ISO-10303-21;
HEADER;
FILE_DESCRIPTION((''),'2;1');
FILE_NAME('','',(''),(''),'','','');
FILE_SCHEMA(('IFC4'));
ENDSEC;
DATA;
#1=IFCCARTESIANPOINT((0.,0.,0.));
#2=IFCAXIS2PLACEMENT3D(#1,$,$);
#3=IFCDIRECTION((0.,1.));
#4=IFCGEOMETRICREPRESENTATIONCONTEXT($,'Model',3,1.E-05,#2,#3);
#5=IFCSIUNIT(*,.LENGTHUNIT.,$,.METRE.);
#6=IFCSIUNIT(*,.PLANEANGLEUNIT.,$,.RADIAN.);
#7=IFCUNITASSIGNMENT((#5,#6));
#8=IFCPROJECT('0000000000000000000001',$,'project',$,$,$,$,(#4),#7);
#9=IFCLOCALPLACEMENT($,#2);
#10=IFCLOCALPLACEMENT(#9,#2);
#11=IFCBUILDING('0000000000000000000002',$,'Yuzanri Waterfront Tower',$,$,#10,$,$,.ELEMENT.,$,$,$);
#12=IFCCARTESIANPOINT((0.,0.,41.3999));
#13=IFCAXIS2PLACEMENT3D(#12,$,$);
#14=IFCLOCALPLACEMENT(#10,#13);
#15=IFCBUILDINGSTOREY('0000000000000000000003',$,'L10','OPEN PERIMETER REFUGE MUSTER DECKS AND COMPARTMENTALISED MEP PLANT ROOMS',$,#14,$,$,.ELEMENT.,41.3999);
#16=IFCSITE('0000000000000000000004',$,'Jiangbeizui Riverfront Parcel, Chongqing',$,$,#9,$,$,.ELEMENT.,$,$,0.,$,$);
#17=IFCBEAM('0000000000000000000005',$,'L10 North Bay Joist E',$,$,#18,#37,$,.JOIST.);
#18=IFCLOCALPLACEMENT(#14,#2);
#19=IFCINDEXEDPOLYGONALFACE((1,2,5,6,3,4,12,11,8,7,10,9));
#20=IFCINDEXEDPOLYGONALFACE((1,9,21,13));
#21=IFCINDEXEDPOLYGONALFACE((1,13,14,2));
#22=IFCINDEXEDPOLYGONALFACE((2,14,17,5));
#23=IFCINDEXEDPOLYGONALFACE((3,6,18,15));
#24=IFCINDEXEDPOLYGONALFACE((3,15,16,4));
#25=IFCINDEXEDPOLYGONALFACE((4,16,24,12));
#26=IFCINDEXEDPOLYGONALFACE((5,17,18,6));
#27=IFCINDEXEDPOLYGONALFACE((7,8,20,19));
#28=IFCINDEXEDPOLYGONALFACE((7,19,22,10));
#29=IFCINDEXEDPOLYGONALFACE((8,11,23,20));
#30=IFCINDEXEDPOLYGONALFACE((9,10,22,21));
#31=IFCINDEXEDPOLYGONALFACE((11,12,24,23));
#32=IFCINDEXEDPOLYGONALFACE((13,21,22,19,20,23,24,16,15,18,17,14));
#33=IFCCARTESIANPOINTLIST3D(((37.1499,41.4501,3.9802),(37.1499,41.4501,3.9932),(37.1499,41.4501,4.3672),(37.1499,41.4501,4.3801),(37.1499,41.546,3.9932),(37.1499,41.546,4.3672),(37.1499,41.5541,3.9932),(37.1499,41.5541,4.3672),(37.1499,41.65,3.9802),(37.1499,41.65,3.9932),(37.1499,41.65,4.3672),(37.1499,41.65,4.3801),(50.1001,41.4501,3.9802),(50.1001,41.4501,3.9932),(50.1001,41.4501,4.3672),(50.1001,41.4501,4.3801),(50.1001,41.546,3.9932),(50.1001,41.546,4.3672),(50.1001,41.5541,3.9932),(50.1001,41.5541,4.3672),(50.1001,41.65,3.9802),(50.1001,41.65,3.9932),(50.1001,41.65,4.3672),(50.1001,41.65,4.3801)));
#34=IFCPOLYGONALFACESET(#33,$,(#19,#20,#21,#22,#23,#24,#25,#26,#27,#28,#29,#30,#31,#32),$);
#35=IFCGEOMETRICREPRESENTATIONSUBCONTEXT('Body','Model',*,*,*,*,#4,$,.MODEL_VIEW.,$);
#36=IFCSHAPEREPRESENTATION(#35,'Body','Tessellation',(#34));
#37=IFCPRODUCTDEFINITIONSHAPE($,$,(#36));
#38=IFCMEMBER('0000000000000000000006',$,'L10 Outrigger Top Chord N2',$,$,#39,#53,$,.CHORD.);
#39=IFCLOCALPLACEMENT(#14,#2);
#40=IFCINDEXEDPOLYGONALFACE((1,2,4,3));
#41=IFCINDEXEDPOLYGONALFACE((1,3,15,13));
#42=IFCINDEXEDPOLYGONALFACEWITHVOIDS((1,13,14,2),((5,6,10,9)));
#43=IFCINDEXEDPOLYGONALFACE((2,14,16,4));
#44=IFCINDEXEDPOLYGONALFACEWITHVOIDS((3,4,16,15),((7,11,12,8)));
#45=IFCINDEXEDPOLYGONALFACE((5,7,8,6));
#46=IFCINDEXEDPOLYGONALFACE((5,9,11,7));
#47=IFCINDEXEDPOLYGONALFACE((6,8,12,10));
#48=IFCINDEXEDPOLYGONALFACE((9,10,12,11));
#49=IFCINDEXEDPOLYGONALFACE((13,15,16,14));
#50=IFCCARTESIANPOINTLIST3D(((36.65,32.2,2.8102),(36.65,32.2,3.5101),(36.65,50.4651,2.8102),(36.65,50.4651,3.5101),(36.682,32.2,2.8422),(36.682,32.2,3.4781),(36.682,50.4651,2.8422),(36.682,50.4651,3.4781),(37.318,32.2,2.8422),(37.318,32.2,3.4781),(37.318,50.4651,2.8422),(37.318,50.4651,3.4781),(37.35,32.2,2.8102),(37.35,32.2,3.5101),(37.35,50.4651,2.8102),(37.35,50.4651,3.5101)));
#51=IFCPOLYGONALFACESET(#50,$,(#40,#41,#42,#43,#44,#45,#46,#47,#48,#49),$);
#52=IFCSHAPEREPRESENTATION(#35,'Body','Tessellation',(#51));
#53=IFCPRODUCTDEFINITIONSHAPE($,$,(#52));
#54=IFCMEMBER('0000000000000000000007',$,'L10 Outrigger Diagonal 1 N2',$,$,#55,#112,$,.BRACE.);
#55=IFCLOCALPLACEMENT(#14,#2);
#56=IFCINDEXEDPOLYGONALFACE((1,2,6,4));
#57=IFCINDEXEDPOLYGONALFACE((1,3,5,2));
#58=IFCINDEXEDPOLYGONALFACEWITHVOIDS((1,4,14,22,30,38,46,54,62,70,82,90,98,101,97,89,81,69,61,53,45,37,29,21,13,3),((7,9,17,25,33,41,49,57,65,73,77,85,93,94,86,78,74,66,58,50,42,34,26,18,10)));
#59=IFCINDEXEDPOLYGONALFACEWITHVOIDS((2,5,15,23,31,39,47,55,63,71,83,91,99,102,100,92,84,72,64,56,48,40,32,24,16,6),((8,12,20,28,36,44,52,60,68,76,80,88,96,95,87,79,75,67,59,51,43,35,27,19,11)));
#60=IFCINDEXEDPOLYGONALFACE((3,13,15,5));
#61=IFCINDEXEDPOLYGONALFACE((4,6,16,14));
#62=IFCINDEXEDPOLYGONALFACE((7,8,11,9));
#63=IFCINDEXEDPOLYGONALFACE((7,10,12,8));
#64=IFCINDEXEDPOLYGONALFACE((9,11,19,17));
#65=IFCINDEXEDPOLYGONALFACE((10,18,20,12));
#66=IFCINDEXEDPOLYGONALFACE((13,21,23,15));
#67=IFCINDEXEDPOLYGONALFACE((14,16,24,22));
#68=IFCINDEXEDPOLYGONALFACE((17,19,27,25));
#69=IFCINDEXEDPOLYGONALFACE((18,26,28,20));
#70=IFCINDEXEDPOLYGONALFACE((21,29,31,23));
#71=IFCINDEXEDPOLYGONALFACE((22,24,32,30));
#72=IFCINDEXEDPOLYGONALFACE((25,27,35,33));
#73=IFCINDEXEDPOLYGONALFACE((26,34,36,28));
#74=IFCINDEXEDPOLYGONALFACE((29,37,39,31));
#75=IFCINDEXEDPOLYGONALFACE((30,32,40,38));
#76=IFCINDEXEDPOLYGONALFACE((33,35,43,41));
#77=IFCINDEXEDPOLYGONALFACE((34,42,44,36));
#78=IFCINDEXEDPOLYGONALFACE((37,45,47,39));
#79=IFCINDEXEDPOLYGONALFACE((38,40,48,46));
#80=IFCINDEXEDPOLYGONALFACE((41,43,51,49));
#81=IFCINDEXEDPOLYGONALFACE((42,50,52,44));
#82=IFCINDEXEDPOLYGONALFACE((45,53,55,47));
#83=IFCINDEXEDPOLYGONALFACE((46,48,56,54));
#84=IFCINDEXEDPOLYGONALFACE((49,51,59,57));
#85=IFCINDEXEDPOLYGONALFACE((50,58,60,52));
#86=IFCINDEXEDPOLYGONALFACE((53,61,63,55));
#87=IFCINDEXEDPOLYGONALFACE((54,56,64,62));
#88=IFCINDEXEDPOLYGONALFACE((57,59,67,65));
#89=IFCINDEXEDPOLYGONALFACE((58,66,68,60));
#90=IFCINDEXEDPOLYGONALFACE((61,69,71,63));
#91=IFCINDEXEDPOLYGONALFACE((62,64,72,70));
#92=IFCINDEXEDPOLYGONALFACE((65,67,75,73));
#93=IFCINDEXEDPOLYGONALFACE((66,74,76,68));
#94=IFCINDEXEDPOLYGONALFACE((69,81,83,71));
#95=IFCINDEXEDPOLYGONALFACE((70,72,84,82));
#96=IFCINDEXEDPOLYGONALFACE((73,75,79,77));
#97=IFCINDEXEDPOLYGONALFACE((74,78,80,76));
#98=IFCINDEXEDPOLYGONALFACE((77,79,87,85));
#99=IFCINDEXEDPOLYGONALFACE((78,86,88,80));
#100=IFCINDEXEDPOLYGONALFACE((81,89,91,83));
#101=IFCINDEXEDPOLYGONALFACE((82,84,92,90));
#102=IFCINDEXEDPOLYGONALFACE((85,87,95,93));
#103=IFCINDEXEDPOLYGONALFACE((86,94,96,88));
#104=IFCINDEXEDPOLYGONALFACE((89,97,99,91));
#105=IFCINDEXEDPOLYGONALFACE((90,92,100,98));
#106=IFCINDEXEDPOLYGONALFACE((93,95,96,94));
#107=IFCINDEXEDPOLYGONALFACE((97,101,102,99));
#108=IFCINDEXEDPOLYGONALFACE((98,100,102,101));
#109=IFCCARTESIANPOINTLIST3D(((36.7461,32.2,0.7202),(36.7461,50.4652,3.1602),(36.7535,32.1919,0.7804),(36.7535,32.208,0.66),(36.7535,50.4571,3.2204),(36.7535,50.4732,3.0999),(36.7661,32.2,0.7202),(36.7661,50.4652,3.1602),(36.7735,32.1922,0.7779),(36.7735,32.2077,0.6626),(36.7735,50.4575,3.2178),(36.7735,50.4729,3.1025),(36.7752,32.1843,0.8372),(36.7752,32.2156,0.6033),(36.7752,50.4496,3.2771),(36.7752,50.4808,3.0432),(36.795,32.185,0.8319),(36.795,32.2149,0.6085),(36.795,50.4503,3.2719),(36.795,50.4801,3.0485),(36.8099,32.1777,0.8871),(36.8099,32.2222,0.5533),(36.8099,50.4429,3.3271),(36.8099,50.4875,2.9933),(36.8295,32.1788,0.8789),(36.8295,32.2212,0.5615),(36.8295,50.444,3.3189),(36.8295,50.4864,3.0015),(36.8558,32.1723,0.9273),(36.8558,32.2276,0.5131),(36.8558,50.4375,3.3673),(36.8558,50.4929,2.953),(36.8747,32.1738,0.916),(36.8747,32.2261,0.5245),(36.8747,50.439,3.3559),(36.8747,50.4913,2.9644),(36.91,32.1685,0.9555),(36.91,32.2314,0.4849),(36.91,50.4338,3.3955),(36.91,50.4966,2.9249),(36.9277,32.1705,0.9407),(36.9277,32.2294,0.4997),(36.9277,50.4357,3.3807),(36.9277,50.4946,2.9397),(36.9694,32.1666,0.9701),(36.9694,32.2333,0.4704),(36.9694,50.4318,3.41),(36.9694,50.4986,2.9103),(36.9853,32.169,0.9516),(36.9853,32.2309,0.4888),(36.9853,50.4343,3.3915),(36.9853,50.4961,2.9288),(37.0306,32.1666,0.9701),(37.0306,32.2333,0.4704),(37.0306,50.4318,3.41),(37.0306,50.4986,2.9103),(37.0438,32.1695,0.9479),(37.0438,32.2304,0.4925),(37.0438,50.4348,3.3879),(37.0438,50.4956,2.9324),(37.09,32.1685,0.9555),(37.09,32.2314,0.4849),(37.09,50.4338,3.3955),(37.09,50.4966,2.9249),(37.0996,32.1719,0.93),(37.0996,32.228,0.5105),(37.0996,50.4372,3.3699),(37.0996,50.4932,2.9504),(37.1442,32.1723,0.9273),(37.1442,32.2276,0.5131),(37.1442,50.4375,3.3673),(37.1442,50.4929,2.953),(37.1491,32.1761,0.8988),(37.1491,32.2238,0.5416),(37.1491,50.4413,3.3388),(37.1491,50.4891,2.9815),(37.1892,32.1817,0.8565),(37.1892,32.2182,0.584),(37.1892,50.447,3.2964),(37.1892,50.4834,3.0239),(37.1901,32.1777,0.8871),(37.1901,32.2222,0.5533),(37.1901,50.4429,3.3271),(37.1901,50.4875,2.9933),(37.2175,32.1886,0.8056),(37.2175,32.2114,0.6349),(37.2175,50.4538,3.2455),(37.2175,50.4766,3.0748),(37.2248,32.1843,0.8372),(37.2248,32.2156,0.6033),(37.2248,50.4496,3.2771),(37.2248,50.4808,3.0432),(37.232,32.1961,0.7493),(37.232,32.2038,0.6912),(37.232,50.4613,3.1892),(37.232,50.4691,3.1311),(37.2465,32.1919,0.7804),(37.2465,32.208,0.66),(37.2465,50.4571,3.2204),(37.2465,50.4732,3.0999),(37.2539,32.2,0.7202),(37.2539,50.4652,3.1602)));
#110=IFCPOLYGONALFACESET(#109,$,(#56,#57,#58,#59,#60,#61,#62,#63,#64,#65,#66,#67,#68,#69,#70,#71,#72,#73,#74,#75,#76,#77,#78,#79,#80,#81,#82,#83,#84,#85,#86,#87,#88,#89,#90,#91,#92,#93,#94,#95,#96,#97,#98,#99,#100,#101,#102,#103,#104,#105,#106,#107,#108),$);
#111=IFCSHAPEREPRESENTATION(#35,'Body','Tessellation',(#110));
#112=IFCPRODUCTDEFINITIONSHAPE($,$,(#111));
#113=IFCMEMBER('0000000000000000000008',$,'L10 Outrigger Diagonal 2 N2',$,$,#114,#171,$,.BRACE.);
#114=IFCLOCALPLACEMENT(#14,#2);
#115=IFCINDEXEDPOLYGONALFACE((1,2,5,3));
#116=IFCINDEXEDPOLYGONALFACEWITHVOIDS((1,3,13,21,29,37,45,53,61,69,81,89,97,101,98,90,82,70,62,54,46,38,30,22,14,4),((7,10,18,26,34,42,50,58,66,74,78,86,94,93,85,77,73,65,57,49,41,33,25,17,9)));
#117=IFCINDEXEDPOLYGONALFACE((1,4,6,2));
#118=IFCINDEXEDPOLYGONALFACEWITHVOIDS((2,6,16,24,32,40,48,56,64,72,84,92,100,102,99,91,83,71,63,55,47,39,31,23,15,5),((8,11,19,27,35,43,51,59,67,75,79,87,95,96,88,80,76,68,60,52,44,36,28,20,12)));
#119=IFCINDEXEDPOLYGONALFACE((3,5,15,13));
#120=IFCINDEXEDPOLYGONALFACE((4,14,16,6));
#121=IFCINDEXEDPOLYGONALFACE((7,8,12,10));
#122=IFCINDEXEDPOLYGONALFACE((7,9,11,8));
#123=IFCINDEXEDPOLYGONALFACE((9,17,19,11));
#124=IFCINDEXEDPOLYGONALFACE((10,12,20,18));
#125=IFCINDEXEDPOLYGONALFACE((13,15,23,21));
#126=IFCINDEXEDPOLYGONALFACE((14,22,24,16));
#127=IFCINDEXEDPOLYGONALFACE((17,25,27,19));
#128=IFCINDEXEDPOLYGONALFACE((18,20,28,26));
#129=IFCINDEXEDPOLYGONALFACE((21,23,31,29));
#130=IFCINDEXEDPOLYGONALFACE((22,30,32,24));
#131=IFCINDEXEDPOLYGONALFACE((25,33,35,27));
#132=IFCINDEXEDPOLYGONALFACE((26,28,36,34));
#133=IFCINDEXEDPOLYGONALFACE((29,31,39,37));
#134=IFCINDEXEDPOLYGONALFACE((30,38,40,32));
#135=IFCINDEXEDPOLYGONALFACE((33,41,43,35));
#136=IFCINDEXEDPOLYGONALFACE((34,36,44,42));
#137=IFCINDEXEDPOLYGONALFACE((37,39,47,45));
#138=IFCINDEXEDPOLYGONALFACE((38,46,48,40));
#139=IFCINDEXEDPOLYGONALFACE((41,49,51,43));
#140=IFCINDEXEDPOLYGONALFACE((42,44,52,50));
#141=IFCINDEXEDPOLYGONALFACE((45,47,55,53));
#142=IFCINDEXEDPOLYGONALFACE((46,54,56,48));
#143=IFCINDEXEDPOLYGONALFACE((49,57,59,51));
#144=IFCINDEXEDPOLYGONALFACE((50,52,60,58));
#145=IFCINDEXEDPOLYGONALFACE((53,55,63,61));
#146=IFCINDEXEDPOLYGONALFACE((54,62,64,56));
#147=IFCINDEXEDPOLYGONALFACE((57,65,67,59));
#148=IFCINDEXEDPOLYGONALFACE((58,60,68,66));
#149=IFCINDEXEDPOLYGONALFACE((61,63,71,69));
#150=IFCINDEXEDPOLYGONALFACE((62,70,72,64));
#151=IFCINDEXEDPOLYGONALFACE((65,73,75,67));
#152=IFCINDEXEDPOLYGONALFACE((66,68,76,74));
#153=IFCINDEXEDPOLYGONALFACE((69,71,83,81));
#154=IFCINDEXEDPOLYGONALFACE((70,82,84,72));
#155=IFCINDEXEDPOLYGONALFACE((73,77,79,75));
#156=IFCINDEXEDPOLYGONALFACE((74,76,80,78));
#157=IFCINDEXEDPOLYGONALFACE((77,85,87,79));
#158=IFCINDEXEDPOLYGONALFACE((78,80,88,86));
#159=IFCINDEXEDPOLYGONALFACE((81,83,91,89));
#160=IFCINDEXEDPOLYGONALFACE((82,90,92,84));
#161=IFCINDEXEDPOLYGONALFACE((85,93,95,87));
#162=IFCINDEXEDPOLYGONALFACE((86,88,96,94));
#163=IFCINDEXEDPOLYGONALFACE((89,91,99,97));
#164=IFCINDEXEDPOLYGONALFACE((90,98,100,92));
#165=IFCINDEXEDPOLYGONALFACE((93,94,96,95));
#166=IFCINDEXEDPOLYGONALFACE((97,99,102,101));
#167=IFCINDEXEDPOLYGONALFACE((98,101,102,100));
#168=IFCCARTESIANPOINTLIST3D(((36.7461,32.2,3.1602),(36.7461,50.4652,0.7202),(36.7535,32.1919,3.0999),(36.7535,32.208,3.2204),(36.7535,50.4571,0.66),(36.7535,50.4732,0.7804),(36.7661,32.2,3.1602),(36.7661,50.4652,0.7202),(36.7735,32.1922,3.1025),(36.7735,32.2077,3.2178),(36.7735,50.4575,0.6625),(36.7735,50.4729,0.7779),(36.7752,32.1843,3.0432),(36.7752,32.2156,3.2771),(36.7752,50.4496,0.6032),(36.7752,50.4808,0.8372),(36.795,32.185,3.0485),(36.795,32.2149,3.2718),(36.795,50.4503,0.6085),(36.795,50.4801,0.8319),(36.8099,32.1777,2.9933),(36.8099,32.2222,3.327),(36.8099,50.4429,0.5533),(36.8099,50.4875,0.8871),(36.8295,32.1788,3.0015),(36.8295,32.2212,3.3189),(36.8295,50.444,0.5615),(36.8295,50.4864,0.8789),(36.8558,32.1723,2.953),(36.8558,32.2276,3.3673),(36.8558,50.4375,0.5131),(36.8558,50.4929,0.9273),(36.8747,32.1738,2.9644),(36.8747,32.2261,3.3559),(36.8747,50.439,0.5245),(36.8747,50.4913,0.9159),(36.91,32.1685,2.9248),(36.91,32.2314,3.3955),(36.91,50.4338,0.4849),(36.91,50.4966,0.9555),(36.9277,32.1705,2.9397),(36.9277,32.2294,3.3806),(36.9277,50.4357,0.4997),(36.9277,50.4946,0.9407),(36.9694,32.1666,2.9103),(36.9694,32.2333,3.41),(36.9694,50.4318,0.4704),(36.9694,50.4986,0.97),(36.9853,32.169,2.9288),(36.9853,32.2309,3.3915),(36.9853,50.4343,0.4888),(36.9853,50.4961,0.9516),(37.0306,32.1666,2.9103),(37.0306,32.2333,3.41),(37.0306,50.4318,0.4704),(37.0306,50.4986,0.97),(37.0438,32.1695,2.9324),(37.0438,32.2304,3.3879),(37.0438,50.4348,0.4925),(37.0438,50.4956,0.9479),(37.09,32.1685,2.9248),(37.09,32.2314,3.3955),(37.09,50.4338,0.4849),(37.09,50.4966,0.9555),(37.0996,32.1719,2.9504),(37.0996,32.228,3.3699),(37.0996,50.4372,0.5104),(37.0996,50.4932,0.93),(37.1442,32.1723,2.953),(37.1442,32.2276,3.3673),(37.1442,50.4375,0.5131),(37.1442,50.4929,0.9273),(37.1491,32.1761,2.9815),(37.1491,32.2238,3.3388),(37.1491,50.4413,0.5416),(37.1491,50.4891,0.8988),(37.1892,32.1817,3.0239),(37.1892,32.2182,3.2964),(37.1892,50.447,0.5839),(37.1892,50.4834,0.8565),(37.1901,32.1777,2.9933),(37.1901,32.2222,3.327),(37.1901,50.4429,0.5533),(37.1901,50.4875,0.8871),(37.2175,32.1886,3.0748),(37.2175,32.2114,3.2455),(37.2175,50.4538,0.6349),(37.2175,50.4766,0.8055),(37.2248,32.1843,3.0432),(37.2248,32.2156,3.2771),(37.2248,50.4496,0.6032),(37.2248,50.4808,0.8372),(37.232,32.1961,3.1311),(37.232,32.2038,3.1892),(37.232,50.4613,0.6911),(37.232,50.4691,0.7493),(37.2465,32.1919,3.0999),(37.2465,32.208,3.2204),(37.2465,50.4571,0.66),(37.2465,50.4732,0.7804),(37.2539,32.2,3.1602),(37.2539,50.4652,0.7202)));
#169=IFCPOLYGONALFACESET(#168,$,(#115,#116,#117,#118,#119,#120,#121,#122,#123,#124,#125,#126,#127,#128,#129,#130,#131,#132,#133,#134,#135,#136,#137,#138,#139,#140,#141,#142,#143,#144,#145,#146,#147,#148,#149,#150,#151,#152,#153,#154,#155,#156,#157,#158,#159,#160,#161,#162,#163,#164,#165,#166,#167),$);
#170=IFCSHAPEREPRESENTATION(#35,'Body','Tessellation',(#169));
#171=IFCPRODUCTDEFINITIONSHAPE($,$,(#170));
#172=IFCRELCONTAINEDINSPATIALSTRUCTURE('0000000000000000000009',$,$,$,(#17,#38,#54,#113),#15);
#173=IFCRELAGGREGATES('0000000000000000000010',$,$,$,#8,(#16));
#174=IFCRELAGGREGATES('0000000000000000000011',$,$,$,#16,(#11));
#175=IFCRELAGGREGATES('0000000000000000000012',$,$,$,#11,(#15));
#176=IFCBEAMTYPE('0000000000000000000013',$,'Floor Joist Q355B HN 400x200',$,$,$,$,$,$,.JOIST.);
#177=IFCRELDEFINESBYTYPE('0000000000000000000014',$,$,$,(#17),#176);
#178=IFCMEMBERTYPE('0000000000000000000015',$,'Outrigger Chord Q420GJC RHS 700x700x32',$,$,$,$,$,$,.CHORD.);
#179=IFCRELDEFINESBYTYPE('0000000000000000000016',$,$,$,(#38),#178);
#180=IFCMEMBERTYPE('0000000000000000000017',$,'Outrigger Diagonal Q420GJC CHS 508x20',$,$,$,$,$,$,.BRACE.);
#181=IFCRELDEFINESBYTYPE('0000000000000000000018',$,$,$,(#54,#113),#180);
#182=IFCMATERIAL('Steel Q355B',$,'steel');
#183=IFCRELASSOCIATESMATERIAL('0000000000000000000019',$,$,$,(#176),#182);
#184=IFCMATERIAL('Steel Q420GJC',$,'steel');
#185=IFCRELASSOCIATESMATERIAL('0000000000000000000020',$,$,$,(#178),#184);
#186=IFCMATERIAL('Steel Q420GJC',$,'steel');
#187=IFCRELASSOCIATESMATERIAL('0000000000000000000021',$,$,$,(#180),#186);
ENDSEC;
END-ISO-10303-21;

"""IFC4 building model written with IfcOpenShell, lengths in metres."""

from ifc_helpers import new_model, si_unit, direction, frame, origin, origin_2d, place, context, subcontext, project, spatial, hollow_rectangle, hollow_circle, i_section, extrude, source, transform, mapped, material, material_profile, profile_set, type_object, element, save


model = new_model("IFC4")

# Units and contexts
model_context = context("Model", 3, precision=1e-05, world=origin(), true_north=direction((0.0, 1.0)))
body_context = subcontext(model_context, "Body", "Model", "MODEL_VIEW")
ifc_project = project(units=[si_unit("LENGTHUNIT", "METRE"), si_unit("PLANEANGLEUNIT", "RADIAN")], contexts=[model_context])

# Site, building, storey
site_placement = place(None, origin())
site = spatial("IfcSite", under=ifc_project, at=site_placement, Name="Jiangbeizui Riverfront Parcel, Chongqing", CompositionType="ELEMENT", RefElevation=0.0)
building_placement = place(site_placement, origin())
building = spatial("IfcBuilding", under=site, at=building_placement, Name="Yuzanri Waterfront Tower", CompositionType="ELEMENT")
storey_placement = place(building_placement, frame((0.0, 0.0, 41.3999)))
storey = spatial("IfcBuildingStorey", under=building, at=storey_placement, Name="L10", Description="OPEN PERIMETER REFUGE MUSTER DECKS AND COMPARTMENTALISED MEP PLANT ROOMS", CompositionType="ELEMENT", Elevation=41.3999)

# Beam
ifc_material_1 = material(Name="Steel Q355B", Category="steel")
ifc_material_profile_1 = material_profile(ifc_material_1, i_section(OverallWidth=0.2, OverallDepth=0.3999, WebThickness=0.0081, FlangeThickness=0.0129, at=origin_2d()), Name="HN 400x200x8x13")
ifc_profile_set_1 = profile_set([ifc_material_profile_1], Name="Steel Q355B")
beam_type = type_object("IfcBeamType", Name="Floor Joist Q355B HN 400x200", PredefinedType="JOIST", material=ifc_profile_set_1)
shared_shape_1 = source(origin(), body_context, "Body", "SweptSolid", [
    extrude(i_section(OverallWidth=0.2, OverallDepth=0.3999, WebThickness=0.0081, FlangeThickness=0.0129, at=origin_2d()), origin(), (0.0, 0.0, 1.0), 12.9502),
])
beam_placement = place(storey_placement, frame((37.1499, 41.55, 4.1802), z_axis=(1.0, 0.0, 0.0), x_axis=(0.0, 1.0, 0.0)))
element("IfcBeam", 1, at=beam_placement, inside=storey, type_object=beam_type, Name="L10 North Bay Joist E", PredefinedType="JOIST", context=body_context, shape_type="MappedRepresentation", body=[
    mapped(shared_shape_1, transform((0.0, 0.0, 0.0), scale=1.0)),
])

# Members
ifc_material_2 = material(Name="Steel Q420GJC", Category="steel")
ifc_material_profile_2 = material_profile(ifc_material_2, hollow_rectangle(XDim=0.7, YDim=0.7, WallThickness=0.032, at=origin_2d()), Name="RHS 700x700x32")
ifc_profile_set_2 = profile_set([ifc_material_profile_2], Name="Steel Q420GJC")
member_type_1 = type_object("IfcMemberType", Name="Outrigger Chord Q420GJC RHS 700x700x32", PredefinedType="CHORD", material=ifc_profile_set_2)
shared_shape_2 = source(origin(), body_context, "Body", "SweptSolid", [
    extrude(hollow_rectangle(XDim=0.7, YDim=0.7, WallThickness=0.032, at=origin_2d()), origin(), (0.0, 0.0, 1.0), 18.2651),
])
member_placement = place(storey_placement, frame((37.0, 32.2, 3.1602), z_axis=(0.0, 1.0, 0.0), x_axis=(-1.0, 0.0, 0.0)))
element("IfcMember", 2, at=member_placement, inside=storey, type_object=member_type_1, Name="L10 Outrigger Top Chord N2", PredefinedType="CHORD", context=body_context, shape_type="MappedRepresentation", body=[
    mapped(shared_shape_2, transform((0.0, 0.0, 0.0), scale=1.0)),
])
ifc_material_3 = material(Name="Steel Q420GJC", Category="steel")
ifc_material_profile_3 = material_profile(ifc_material_3, hollow_circle(Radius=0.2539, WallThickness=0.02, at=origin_2d()), Name="CHS 508x20")
ifc_profile_set_3 = profile_set([ifc_material_profile_3], Name="Steel Q420GJC")
member_type_2 = type_object("IfcMemberType", Name="Outrigger Diagonal Q420GJC CHS 508x20", PredefinedType="BRACE", material=ifc_profile_set_3)
shared_shape_3 = source(origin(), body_context, "Body", "SweptSolid", [
    extrude(hollow_circle(Radius=0.2539, WallThickness=0.02, at=origin_2d()), origin(), (0.0, 0.0, 1.0), 18.4275),
])
for number, where, z_axis, x_axis, name in (
    (3, (37.0, 32.2, 0.7202), (0.0, 0.991195, 0.132408), (-1.0, 0.0, 0.0), "L10 Outrigger Diagonal 1 N2"),
    (4, (37.0, 32.2, 3.1602), (0.0, 0.991195, -0.132408), (-1.0, 0.0, 0.0), "L10 Outrigger Diagonal 2 N2"),
):
    element("IfcMember", number, at=place(storey_placement, frame(where, z_axis=z_axis, x_axis=x_axis)), inside=storey, type_object=member_type_2, Name=name, PredefinedType="BRACE", context=body_context, shape_type="MappedRepresentation", body=[
        mapped(shared_shape_3, transform((0.0, 0.0, 0.0), scale=1.0)),
    ])

save(model, "model.ifc")
